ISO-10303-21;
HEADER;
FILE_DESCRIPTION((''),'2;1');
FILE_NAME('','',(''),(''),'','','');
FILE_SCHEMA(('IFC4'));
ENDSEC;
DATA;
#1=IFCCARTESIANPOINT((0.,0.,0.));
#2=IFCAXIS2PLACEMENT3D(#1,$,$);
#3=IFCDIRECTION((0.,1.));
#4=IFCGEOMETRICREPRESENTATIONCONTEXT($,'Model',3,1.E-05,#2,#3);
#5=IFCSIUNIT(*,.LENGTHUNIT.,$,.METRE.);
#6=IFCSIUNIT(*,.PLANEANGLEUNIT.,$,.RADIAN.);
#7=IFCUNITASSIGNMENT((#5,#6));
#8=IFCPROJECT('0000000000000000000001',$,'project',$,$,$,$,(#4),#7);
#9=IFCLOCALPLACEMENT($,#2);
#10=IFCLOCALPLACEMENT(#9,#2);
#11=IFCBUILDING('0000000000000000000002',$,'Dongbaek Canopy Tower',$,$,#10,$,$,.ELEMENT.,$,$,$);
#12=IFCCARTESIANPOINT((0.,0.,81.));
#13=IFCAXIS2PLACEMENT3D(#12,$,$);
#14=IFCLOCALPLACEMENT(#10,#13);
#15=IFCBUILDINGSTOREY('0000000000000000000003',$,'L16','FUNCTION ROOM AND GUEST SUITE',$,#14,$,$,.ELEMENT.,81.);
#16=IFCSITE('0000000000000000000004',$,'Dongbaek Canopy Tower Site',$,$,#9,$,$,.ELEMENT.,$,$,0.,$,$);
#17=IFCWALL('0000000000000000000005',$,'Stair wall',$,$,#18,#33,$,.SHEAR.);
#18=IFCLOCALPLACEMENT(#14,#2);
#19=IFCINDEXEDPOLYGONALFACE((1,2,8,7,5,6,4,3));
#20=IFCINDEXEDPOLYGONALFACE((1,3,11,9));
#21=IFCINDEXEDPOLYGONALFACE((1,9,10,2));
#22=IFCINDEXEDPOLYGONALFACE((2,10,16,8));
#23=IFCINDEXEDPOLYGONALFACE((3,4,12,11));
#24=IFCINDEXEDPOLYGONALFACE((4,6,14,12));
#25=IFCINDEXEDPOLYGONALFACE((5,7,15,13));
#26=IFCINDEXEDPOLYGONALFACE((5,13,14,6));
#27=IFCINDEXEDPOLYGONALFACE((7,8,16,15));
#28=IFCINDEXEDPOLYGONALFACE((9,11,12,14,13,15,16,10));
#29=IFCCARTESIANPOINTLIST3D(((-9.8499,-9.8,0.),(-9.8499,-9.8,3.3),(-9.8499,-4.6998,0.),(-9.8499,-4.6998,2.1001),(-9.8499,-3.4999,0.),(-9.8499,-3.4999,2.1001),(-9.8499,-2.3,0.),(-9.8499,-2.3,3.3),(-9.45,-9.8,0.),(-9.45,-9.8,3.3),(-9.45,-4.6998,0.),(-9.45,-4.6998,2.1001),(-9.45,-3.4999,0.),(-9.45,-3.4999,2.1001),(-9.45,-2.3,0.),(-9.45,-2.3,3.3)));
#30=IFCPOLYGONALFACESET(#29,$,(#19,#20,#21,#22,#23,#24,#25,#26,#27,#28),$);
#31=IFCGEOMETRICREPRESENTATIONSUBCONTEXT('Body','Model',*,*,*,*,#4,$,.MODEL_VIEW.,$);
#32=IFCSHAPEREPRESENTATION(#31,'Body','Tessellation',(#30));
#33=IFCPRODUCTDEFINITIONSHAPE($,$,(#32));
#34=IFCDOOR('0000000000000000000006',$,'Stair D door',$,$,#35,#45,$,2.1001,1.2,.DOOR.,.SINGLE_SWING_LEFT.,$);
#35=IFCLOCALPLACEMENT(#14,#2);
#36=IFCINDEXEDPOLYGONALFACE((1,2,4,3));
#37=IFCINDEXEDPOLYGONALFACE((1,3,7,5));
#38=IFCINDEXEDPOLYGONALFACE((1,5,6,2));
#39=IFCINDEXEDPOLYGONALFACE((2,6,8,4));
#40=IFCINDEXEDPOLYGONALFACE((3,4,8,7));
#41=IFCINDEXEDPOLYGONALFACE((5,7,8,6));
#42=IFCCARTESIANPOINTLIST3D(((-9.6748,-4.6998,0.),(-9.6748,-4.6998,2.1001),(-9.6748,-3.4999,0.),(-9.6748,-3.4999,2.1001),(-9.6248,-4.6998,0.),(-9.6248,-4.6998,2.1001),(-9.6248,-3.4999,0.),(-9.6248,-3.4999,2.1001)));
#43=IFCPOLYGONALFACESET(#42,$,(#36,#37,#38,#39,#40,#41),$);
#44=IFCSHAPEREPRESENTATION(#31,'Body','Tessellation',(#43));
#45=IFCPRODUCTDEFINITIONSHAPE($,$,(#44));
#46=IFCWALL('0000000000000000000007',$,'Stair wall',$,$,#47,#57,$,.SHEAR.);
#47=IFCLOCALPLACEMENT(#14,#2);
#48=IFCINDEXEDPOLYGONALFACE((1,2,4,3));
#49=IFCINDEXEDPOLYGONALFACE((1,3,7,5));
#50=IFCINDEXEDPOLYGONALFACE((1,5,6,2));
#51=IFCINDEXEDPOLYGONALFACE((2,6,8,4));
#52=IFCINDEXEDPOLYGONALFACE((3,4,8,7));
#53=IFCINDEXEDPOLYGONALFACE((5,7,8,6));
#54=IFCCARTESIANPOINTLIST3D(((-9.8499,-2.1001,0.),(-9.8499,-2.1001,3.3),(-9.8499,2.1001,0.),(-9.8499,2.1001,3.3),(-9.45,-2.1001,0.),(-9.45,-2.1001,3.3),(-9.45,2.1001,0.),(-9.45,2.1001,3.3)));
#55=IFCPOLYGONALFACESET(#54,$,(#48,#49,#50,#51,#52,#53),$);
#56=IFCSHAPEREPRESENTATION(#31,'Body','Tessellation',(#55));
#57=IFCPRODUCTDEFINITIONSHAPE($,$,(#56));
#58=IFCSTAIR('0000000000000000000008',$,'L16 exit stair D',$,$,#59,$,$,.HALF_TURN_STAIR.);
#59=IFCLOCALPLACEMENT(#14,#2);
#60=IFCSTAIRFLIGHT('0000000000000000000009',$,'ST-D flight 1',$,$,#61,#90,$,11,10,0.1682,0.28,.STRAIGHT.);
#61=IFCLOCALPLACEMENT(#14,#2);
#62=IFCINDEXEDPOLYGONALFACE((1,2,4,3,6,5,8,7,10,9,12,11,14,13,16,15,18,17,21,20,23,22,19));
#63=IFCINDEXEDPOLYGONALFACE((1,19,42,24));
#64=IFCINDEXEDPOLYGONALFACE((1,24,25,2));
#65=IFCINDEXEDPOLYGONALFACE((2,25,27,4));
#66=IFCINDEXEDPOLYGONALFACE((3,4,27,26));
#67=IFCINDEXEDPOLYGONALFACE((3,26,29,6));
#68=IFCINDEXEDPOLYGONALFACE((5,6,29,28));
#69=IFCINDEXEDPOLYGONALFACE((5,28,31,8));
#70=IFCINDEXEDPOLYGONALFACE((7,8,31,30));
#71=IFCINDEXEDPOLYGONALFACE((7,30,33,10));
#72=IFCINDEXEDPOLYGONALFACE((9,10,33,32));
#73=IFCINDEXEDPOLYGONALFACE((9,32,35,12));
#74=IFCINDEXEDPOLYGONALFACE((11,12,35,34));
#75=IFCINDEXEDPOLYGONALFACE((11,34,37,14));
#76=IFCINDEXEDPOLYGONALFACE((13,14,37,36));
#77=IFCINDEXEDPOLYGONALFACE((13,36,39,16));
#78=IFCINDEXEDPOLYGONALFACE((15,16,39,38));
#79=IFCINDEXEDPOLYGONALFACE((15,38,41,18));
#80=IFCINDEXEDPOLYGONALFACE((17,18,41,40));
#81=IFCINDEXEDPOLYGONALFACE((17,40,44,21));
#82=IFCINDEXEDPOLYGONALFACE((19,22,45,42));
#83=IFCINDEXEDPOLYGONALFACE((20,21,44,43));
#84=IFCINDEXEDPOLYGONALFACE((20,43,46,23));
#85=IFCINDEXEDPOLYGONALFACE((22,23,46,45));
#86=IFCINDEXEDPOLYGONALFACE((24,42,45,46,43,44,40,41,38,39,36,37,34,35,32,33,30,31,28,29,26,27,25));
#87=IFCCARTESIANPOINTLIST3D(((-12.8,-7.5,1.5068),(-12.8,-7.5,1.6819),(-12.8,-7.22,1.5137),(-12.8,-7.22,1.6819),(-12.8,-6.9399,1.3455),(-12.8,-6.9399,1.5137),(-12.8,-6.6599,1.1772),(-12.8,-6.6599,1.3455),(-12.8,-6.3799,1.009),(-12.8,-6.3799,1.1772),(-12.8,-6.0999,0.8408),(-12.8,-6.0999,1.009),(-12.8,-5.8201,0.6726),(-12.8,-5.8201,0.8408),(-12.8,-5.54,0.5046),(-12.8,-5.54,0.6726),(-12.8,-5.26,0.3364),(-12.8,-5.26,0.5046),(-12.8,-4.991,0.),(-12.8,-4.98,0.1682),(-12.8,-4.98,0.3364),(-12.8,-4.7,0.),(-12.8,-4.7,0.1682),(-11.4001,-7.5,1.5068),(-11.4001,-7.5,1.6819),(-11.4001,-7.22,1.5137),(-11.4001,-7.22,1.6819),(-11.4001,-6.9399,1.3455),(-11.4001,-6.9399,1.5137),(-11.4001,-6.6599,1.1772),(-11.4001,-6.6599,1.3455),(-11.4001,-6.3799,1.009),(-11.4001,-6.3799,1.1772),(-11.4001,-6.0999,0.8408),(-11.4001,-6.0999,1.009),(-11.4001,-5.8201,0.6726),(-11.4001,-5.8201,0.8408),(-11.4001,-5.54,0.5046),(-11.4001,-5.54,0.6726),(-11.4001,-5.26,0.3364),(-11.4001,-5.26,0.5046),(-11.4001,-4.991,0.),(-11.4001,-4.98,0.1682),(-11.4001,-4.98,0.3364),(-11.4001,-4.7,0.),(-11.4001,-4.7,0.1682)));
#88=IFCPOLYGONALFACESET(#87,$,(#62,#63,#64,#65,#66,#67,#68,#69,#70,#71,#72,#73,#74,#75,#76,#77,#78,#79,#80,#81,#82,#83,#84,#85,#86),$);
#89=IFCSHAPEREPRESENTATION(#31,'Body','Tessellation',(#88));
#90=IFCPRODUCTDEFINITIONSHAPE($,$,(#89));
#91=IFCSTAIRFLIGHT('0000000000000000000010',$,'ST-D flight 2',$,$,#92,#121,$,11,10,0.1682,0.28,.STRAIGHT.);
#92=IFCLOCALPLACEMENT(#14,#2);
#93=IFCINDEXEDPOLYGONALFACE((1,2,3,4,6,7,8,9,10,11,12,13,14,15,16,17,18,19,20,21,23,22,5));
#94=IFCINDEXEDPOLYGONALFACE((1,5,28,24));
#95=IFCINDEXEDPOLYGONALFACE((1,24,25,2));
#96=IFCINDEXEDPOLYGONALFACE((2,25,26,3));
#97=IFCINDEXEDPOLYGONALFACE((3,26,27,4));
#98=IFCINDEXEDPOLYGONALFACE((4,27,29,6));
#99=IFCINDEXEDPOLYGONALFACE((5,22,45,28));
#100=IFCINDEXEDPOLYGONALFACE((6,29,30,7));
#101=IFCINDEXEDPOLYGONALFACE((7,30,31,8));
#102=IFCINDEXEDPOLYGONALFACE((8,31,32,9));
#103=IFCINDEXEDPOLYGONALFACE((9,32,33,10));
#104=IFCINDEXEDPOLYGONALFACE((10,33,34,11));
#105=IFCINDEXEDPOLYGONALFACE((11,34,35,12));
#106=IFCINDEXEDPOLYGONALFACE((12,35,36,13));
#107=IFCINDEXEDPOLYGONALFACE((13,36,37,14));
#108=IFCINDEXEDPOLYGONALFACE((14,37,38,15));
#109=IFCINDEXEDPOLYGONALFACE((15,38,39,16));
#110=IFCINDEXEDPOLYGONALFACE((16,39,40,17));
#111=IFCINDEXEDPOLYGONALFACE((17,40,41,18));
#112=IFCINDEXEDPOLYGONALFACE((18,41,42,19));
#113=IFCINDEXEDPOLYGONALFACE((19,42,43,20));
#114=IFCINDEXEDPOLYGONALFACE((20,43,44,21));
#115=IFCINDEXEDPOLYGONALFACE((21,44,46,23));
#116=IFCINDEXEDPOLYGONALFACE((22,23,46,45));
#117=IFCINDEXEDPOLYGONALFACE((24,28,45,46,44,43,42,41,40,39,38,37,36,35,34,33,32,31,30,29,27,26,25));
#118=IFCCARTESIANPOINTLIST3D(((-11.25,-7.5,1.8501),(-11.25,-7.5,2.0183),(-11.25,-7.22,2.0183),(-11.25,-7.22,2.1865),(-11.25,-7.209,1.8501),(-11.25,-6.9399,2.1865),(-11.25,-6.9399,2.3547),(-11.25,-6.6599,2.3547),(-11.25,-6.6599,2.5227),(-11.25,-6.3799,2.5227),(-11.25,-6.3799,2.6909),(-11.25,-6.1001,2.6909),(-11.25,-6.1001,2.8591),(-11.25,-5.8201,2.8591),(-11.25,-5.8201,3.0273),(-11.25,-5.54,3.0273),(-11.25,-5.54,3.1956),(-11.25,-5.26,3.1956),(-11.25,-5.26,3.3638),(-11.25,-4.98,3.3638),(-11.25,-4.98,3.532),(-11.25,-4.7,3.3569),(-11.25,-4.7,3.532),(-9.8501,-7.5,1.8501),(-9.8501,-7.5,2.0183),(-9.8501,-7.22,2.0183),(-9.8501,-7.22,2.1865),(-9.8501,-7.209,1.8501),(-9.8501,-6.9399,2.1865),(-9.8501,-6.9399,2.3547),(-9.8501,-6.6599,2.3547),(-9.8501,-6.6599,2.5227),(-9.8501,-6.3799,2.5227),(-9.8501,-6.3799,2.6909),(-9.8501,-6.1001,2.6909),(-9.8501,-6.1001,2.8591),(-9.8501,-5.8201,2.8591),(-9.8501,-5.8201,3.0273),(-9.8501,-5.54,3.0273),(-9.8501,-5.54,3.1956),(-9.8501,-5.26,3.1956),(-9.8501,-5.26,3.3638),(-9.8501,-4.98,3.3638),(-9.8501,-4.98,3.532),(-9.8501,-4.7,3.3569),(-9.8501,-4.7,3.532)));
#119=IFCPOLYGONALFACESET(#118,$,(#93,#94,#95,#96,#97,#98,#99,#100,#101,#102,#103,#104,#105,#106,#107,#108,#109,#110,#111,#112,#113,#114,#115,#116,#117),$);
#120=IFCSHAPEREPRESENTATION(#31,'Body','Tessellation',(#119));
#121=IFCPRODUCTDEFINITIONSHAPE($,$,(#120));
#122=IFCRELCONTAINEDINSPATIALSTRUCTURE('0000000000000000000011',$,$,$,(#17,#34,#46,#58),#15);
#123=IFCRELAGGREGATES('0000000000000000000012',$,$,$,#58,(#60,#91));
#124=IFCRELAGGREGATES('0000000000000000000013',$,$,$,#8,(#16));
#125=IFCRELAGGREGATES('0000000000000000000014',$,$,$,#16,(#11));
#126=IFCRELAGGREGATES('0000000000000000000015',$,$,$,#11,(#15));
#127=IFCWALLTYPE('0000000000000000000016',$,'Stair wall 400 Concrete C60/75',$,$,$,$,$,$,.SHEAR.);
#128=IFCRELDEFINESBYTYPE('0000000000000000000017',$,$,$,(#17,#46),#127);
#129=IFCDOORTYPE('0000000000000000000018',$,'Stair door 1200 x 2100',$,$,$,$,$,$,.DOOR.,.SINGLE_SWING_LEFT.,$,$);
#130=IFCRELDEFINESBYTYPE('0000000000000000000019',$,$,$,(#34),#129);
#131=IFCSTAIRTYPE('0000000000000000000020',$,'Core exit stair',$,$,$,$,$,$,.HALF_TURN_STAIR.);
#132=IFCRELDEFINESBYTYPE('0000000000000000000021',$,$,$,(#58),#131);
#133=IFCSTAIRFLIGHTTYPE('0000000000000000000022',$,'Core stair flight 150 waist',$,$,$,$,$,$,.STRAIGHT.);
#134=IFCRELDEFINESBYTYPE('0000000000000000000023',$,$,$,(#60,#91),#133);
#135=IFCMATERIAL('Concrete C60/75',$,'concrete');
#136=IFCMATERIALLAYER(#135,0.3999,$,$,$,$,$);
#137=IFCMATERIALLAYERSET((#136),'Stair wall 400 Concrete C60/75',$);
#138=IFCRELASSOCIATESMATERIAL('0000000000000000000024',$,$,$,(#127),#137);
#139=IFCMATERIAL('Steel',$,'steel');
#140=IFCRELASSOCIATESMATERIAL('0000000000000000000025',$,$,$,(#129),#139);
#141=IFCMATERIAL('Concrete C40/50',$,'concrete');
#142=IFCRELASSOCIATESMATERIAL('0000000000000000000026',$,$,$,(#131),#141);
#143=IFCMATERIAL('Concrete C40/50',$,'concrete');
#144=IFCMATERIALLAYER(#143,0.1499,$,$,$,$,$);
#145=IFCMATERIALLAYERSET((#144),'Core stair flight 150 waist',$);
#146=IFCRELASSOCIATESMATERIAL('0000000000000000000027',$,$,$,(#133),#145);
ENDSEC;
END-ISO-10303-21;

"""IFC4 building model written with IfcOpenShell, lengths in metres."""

from ifc_helpers import new_model, si_unit, direction, frame, frame_2d, origin, place, context, subcontext, project, spatial, polyline, rectangle, outline, extrude, material, layer, layer_set, type_object, element, fill, aggregate, save


model = new_model("IFC4")

# Units and contexts
model_context = context("Model", 3, precision=1e-05, world=origin(), true_north=direction((0.0, 1.0)))
body_context = subcontext(model_context, "Body", "Model", "MODEL_VIEW")
ifc_project = project(units=[si_unit("LENGTHUNIT", "METRE"), si_unit("PLANEANGLEUNIT", "RADIAN")], contexts=[model_context])

# Site, building, storey
site_placement = place(None, origin())
site = spatial("IfcSite", under=ifc_project, at=site_placement, Name="Dongbaek Canopy Tower Site", CompositionType="ELEMENT", RefElevation=0.0)
building_placement = place(site_placement, origin())
building = spatial("IfcBuilding", under=site, at=building_placement, Name="Dongbaek Canopy Tower", CompositionType="ELEMENT")
storey_placement = place(building_placement, frame((0.0, 0.0, 81.0)))
storey = spatial("IfcBuildingStorey", under=building, at=storey_placement, Name="L16", Description="FUNCTION ROOM AND GUEST SUITE", CompositionType="ELEMENT", Elevation=81.0)

# Wall, opening, door
ifc_material_1 = material(Name="Concrete C60/75", Category="concrete")
ifc_layer_1 = layer(ifc_material_1, 0.3999)
ifc_layer_set_1 = layer_set([ifc_layer_1], Name="Stair wall 400 Concrete C60/75")
wall_type_1 = type_object("IfcWallType", Name="Stair wall 400 Concrete C60/75", PredefinedType="SHEAR", material=ifc_layer_set_1)
wall_1_placement = place(storey_placement, frame((-9.6499, -9.8, 0.0), z_axis=(0.0, 0.0, 1.0), x_axis=(0.0, 1.0, 0.0)))
wall_1 = element("IfcWall", 1, at=wall_1_placement, inside=storey, type_object=wall_type_1, Name="Stair wall", PredefinedType="SHEAR", context=body_context, shape_type="SweptSolid", body=[
    extrude(rectangle(XDim=7.5, YDim=0.3999, at=frame_2d((3.75, 0.0))), origin(), (0.0, 0.0, 1.0), 3.3),
])
opening_1_placement = place(wall_1_placement, frame((5.1001, 0.0, 0.0)))
opening_1 = element("IfcOpeningElement", 2, at=opening_1_placement, cuts=wall_1, PredefinedType="OPENING", context=body_context, shape_type="SweptSolid", body=[
    extrude(rectangle(XDim=1.2, YDim=2.1001, at=frame_2d((0.6001, 1.05))), frame((0.0, 0.21, 0.0), z_axis=(0.0, -1.0, 0.0), x_axis=(1.0, 0.0, 0.0)), (0.0, 0.0, 1.0), 0.4199),
])
ifc_material_2 = material(Name="Steel", Category="steel")
door_type_1 = type_object("IfcDoorType", Name="Stair door 1200 x 2100", OperationType="SINGLE_SWING_LEFT", PredefinedType="DOOR", material=ifc_material_2)
door_1_placement = place(opening_1_placement, origin())
door_1 = element("IfcDoor", 3, at=door_1_placement, inside=storey, type_object=door_type_1, Name="Stair D door", OperationType="SINGLE_SWING_LEFT", OverallHeight=2.1001, OverallWidth=1.2, PredefinedType="DOOR", context=body_context, shape_type="SweptSolid", body=[
    extrude(rectangle(XDim=1.2, YDim=2.1001, at=frame_2d((0.6001, 1.05))), frame((0.0, 0.0249, 0.0), z_axis=(0.0, -1.0, 0.0), x_axis=(1.0, 0.0, 0.0)), (0.0, 0.0, 1.0), 0.05),
])
fill(opening_1, door_1)

# Wall
wall_2_placement = place(storey_placement, frame((-9.6499, -2.1001, 0.0), z_axis=(0.0, 0.0, 1.0), x_axis=(0.0, 1.0, 0.0)))
element("IfcWall", 4, at=wall_2_placement, inside=storey, type_object=wall_type_1, Name="Stair wall", PredefinedType="SHEAR", context=body_context, shape_type="SweptSolid", body=[
    extrude(rectangle(XDim=4.2002, YDim=0.3999, at=frame_2d((2.1001, 0.0))), origin(), (0.0, 0.0, 1.0), 3.3),
])

# Stair, stair flights
ifc_material_3 = material(Name="Concrete C40/50", Category="concrete")
stair_type = type_object("IfcStairType", Name="Core exit stair", PredefinedType="HALF_TURN_STAIR", material=ifc_material_3)
stair_placement = place(storey_placement, origin())
stair = element("IfcStair", 5, at=stair_placement, inside=storey, type_object=stair_type, Name="L16 exit stair D", PredefinedType="HALF_TURN_STAIR")
ifc_material_4 = material(Name="Concrete C40/50", Category="concrete")
ifc_layer_2 = layer(ifc_material_4, 0.1499)
ifc_layer_set_2 = layer_set([ifc_layer_2], Name="Core stair flight 150 waist")
stair_flight_type = type_object("IfcStairFlightType", Name="Core stair flight 150 waist", PredefinedType="STRAIGHT", material=ifc_layer_set_2)
stair_flight_1_placement = place(storey_placement, frame((-12.1001, -4.7, 0.0), z_axis=(0.0, 0.0, 1.0), x_axis=(0.0, -1.0, 0.0)))
stair_flight_1 = element("IfcStairFlight", 6, at=stair_flight_1_placement, type_object=stair_flight_type, Name="ST-D flight 1", NumberOfRisers=11, NumberOfTreads=10, PredefinedType="STRAIGHT", RiserHeight=0.1682, TreadLength=0.28, context=body_context, shape_type="SweptSolid", body=[
    extrude(outline(polyline([(0.0, 0.0), (0.0, 0.1682), (0.28, 0.1682), (0.28, 0.3364), (0.5601, 0.3364), (0.5601, 0.5046), (0.8401, 0.5046), (0.8401, 0.6726), (1.1201, 0.6726), (1.1201, 0.8408), (1.3999, 0.8408), (1.3999, 1.009), (1.6799, 1.009), (1.6799, 1.1772), (1.96, 1.1772), (1.96, 1.3455), (2.24, 1.3455), (2.24, 1.5137), (2.52, 1.5137), (2.52, 1.6819), (2.8, 1.6819), (2.8, 1.8501), (2.8, 1.5068), (0.291, 0.0), (0.0, 0.0)])), frame((0.0, 0.7, 0.0), z_axis=(0.0, -1.0, 0.0), x_axis=(1.0, 0.0, 0.0)), (0.0, 0.0, 1.0), 1.3999),
])
stair_flight_2_placement = place(storey_placement, frame((-10.55, -7.5, 1.8501), z_axis=(0.0, 0.0, 1.0), x_axis=(0.0, 1.0, 0.0)))
stair_flight_2 = element("IfcStairFlight", 7, at=stair_flight_2_placement, type_object=stair_flight_type, Name="ST-D flight 2", NumberOfRisers=11, NumberOfTreads=10, PredefinedType="STRAIGHT", RiserHeight=0.1682, TreadLength=0.28, context=body_context, shape_type="SweptSolid", body=[
    extrude(outline(polyline([(0.0, 0.0), (0.0, 0.1682), (0.28, 0.1682), (0.28, 0.3364), (0.5601, 0.3364), (0.5601, 0.5046), (0.8401, 0.5046), (0.8401, 0.6726), (1.1201, 0.6726), (1.1201, 0.8408), (1.3999, 0.8408), (1.3999, 1.009), (1.6799, 1.009), (1.6799, 1.1772), (1.96, 1.1772), (1.96, 1.3455), (2.24, 1.3455), (2.24, 1.5137), (2.52, 1.5137), (2.52, 1.6819), (2.8, 1.6819), (2.8, 1.8501), (2.8, 1.5068), (0.291, 0.0), (0.0, 0.0)])), frame((0.0, 0.7, 0.0), z_axis=(0.0, -1.0, 0.0), x_axis=(1.0, 0.0, 0.0)), (0.0, 0.0, 1.0), 1.3999),
])
aggregate(stair, [stair_flight_1, stair_flight_2])

save(model, "model.ifc")
